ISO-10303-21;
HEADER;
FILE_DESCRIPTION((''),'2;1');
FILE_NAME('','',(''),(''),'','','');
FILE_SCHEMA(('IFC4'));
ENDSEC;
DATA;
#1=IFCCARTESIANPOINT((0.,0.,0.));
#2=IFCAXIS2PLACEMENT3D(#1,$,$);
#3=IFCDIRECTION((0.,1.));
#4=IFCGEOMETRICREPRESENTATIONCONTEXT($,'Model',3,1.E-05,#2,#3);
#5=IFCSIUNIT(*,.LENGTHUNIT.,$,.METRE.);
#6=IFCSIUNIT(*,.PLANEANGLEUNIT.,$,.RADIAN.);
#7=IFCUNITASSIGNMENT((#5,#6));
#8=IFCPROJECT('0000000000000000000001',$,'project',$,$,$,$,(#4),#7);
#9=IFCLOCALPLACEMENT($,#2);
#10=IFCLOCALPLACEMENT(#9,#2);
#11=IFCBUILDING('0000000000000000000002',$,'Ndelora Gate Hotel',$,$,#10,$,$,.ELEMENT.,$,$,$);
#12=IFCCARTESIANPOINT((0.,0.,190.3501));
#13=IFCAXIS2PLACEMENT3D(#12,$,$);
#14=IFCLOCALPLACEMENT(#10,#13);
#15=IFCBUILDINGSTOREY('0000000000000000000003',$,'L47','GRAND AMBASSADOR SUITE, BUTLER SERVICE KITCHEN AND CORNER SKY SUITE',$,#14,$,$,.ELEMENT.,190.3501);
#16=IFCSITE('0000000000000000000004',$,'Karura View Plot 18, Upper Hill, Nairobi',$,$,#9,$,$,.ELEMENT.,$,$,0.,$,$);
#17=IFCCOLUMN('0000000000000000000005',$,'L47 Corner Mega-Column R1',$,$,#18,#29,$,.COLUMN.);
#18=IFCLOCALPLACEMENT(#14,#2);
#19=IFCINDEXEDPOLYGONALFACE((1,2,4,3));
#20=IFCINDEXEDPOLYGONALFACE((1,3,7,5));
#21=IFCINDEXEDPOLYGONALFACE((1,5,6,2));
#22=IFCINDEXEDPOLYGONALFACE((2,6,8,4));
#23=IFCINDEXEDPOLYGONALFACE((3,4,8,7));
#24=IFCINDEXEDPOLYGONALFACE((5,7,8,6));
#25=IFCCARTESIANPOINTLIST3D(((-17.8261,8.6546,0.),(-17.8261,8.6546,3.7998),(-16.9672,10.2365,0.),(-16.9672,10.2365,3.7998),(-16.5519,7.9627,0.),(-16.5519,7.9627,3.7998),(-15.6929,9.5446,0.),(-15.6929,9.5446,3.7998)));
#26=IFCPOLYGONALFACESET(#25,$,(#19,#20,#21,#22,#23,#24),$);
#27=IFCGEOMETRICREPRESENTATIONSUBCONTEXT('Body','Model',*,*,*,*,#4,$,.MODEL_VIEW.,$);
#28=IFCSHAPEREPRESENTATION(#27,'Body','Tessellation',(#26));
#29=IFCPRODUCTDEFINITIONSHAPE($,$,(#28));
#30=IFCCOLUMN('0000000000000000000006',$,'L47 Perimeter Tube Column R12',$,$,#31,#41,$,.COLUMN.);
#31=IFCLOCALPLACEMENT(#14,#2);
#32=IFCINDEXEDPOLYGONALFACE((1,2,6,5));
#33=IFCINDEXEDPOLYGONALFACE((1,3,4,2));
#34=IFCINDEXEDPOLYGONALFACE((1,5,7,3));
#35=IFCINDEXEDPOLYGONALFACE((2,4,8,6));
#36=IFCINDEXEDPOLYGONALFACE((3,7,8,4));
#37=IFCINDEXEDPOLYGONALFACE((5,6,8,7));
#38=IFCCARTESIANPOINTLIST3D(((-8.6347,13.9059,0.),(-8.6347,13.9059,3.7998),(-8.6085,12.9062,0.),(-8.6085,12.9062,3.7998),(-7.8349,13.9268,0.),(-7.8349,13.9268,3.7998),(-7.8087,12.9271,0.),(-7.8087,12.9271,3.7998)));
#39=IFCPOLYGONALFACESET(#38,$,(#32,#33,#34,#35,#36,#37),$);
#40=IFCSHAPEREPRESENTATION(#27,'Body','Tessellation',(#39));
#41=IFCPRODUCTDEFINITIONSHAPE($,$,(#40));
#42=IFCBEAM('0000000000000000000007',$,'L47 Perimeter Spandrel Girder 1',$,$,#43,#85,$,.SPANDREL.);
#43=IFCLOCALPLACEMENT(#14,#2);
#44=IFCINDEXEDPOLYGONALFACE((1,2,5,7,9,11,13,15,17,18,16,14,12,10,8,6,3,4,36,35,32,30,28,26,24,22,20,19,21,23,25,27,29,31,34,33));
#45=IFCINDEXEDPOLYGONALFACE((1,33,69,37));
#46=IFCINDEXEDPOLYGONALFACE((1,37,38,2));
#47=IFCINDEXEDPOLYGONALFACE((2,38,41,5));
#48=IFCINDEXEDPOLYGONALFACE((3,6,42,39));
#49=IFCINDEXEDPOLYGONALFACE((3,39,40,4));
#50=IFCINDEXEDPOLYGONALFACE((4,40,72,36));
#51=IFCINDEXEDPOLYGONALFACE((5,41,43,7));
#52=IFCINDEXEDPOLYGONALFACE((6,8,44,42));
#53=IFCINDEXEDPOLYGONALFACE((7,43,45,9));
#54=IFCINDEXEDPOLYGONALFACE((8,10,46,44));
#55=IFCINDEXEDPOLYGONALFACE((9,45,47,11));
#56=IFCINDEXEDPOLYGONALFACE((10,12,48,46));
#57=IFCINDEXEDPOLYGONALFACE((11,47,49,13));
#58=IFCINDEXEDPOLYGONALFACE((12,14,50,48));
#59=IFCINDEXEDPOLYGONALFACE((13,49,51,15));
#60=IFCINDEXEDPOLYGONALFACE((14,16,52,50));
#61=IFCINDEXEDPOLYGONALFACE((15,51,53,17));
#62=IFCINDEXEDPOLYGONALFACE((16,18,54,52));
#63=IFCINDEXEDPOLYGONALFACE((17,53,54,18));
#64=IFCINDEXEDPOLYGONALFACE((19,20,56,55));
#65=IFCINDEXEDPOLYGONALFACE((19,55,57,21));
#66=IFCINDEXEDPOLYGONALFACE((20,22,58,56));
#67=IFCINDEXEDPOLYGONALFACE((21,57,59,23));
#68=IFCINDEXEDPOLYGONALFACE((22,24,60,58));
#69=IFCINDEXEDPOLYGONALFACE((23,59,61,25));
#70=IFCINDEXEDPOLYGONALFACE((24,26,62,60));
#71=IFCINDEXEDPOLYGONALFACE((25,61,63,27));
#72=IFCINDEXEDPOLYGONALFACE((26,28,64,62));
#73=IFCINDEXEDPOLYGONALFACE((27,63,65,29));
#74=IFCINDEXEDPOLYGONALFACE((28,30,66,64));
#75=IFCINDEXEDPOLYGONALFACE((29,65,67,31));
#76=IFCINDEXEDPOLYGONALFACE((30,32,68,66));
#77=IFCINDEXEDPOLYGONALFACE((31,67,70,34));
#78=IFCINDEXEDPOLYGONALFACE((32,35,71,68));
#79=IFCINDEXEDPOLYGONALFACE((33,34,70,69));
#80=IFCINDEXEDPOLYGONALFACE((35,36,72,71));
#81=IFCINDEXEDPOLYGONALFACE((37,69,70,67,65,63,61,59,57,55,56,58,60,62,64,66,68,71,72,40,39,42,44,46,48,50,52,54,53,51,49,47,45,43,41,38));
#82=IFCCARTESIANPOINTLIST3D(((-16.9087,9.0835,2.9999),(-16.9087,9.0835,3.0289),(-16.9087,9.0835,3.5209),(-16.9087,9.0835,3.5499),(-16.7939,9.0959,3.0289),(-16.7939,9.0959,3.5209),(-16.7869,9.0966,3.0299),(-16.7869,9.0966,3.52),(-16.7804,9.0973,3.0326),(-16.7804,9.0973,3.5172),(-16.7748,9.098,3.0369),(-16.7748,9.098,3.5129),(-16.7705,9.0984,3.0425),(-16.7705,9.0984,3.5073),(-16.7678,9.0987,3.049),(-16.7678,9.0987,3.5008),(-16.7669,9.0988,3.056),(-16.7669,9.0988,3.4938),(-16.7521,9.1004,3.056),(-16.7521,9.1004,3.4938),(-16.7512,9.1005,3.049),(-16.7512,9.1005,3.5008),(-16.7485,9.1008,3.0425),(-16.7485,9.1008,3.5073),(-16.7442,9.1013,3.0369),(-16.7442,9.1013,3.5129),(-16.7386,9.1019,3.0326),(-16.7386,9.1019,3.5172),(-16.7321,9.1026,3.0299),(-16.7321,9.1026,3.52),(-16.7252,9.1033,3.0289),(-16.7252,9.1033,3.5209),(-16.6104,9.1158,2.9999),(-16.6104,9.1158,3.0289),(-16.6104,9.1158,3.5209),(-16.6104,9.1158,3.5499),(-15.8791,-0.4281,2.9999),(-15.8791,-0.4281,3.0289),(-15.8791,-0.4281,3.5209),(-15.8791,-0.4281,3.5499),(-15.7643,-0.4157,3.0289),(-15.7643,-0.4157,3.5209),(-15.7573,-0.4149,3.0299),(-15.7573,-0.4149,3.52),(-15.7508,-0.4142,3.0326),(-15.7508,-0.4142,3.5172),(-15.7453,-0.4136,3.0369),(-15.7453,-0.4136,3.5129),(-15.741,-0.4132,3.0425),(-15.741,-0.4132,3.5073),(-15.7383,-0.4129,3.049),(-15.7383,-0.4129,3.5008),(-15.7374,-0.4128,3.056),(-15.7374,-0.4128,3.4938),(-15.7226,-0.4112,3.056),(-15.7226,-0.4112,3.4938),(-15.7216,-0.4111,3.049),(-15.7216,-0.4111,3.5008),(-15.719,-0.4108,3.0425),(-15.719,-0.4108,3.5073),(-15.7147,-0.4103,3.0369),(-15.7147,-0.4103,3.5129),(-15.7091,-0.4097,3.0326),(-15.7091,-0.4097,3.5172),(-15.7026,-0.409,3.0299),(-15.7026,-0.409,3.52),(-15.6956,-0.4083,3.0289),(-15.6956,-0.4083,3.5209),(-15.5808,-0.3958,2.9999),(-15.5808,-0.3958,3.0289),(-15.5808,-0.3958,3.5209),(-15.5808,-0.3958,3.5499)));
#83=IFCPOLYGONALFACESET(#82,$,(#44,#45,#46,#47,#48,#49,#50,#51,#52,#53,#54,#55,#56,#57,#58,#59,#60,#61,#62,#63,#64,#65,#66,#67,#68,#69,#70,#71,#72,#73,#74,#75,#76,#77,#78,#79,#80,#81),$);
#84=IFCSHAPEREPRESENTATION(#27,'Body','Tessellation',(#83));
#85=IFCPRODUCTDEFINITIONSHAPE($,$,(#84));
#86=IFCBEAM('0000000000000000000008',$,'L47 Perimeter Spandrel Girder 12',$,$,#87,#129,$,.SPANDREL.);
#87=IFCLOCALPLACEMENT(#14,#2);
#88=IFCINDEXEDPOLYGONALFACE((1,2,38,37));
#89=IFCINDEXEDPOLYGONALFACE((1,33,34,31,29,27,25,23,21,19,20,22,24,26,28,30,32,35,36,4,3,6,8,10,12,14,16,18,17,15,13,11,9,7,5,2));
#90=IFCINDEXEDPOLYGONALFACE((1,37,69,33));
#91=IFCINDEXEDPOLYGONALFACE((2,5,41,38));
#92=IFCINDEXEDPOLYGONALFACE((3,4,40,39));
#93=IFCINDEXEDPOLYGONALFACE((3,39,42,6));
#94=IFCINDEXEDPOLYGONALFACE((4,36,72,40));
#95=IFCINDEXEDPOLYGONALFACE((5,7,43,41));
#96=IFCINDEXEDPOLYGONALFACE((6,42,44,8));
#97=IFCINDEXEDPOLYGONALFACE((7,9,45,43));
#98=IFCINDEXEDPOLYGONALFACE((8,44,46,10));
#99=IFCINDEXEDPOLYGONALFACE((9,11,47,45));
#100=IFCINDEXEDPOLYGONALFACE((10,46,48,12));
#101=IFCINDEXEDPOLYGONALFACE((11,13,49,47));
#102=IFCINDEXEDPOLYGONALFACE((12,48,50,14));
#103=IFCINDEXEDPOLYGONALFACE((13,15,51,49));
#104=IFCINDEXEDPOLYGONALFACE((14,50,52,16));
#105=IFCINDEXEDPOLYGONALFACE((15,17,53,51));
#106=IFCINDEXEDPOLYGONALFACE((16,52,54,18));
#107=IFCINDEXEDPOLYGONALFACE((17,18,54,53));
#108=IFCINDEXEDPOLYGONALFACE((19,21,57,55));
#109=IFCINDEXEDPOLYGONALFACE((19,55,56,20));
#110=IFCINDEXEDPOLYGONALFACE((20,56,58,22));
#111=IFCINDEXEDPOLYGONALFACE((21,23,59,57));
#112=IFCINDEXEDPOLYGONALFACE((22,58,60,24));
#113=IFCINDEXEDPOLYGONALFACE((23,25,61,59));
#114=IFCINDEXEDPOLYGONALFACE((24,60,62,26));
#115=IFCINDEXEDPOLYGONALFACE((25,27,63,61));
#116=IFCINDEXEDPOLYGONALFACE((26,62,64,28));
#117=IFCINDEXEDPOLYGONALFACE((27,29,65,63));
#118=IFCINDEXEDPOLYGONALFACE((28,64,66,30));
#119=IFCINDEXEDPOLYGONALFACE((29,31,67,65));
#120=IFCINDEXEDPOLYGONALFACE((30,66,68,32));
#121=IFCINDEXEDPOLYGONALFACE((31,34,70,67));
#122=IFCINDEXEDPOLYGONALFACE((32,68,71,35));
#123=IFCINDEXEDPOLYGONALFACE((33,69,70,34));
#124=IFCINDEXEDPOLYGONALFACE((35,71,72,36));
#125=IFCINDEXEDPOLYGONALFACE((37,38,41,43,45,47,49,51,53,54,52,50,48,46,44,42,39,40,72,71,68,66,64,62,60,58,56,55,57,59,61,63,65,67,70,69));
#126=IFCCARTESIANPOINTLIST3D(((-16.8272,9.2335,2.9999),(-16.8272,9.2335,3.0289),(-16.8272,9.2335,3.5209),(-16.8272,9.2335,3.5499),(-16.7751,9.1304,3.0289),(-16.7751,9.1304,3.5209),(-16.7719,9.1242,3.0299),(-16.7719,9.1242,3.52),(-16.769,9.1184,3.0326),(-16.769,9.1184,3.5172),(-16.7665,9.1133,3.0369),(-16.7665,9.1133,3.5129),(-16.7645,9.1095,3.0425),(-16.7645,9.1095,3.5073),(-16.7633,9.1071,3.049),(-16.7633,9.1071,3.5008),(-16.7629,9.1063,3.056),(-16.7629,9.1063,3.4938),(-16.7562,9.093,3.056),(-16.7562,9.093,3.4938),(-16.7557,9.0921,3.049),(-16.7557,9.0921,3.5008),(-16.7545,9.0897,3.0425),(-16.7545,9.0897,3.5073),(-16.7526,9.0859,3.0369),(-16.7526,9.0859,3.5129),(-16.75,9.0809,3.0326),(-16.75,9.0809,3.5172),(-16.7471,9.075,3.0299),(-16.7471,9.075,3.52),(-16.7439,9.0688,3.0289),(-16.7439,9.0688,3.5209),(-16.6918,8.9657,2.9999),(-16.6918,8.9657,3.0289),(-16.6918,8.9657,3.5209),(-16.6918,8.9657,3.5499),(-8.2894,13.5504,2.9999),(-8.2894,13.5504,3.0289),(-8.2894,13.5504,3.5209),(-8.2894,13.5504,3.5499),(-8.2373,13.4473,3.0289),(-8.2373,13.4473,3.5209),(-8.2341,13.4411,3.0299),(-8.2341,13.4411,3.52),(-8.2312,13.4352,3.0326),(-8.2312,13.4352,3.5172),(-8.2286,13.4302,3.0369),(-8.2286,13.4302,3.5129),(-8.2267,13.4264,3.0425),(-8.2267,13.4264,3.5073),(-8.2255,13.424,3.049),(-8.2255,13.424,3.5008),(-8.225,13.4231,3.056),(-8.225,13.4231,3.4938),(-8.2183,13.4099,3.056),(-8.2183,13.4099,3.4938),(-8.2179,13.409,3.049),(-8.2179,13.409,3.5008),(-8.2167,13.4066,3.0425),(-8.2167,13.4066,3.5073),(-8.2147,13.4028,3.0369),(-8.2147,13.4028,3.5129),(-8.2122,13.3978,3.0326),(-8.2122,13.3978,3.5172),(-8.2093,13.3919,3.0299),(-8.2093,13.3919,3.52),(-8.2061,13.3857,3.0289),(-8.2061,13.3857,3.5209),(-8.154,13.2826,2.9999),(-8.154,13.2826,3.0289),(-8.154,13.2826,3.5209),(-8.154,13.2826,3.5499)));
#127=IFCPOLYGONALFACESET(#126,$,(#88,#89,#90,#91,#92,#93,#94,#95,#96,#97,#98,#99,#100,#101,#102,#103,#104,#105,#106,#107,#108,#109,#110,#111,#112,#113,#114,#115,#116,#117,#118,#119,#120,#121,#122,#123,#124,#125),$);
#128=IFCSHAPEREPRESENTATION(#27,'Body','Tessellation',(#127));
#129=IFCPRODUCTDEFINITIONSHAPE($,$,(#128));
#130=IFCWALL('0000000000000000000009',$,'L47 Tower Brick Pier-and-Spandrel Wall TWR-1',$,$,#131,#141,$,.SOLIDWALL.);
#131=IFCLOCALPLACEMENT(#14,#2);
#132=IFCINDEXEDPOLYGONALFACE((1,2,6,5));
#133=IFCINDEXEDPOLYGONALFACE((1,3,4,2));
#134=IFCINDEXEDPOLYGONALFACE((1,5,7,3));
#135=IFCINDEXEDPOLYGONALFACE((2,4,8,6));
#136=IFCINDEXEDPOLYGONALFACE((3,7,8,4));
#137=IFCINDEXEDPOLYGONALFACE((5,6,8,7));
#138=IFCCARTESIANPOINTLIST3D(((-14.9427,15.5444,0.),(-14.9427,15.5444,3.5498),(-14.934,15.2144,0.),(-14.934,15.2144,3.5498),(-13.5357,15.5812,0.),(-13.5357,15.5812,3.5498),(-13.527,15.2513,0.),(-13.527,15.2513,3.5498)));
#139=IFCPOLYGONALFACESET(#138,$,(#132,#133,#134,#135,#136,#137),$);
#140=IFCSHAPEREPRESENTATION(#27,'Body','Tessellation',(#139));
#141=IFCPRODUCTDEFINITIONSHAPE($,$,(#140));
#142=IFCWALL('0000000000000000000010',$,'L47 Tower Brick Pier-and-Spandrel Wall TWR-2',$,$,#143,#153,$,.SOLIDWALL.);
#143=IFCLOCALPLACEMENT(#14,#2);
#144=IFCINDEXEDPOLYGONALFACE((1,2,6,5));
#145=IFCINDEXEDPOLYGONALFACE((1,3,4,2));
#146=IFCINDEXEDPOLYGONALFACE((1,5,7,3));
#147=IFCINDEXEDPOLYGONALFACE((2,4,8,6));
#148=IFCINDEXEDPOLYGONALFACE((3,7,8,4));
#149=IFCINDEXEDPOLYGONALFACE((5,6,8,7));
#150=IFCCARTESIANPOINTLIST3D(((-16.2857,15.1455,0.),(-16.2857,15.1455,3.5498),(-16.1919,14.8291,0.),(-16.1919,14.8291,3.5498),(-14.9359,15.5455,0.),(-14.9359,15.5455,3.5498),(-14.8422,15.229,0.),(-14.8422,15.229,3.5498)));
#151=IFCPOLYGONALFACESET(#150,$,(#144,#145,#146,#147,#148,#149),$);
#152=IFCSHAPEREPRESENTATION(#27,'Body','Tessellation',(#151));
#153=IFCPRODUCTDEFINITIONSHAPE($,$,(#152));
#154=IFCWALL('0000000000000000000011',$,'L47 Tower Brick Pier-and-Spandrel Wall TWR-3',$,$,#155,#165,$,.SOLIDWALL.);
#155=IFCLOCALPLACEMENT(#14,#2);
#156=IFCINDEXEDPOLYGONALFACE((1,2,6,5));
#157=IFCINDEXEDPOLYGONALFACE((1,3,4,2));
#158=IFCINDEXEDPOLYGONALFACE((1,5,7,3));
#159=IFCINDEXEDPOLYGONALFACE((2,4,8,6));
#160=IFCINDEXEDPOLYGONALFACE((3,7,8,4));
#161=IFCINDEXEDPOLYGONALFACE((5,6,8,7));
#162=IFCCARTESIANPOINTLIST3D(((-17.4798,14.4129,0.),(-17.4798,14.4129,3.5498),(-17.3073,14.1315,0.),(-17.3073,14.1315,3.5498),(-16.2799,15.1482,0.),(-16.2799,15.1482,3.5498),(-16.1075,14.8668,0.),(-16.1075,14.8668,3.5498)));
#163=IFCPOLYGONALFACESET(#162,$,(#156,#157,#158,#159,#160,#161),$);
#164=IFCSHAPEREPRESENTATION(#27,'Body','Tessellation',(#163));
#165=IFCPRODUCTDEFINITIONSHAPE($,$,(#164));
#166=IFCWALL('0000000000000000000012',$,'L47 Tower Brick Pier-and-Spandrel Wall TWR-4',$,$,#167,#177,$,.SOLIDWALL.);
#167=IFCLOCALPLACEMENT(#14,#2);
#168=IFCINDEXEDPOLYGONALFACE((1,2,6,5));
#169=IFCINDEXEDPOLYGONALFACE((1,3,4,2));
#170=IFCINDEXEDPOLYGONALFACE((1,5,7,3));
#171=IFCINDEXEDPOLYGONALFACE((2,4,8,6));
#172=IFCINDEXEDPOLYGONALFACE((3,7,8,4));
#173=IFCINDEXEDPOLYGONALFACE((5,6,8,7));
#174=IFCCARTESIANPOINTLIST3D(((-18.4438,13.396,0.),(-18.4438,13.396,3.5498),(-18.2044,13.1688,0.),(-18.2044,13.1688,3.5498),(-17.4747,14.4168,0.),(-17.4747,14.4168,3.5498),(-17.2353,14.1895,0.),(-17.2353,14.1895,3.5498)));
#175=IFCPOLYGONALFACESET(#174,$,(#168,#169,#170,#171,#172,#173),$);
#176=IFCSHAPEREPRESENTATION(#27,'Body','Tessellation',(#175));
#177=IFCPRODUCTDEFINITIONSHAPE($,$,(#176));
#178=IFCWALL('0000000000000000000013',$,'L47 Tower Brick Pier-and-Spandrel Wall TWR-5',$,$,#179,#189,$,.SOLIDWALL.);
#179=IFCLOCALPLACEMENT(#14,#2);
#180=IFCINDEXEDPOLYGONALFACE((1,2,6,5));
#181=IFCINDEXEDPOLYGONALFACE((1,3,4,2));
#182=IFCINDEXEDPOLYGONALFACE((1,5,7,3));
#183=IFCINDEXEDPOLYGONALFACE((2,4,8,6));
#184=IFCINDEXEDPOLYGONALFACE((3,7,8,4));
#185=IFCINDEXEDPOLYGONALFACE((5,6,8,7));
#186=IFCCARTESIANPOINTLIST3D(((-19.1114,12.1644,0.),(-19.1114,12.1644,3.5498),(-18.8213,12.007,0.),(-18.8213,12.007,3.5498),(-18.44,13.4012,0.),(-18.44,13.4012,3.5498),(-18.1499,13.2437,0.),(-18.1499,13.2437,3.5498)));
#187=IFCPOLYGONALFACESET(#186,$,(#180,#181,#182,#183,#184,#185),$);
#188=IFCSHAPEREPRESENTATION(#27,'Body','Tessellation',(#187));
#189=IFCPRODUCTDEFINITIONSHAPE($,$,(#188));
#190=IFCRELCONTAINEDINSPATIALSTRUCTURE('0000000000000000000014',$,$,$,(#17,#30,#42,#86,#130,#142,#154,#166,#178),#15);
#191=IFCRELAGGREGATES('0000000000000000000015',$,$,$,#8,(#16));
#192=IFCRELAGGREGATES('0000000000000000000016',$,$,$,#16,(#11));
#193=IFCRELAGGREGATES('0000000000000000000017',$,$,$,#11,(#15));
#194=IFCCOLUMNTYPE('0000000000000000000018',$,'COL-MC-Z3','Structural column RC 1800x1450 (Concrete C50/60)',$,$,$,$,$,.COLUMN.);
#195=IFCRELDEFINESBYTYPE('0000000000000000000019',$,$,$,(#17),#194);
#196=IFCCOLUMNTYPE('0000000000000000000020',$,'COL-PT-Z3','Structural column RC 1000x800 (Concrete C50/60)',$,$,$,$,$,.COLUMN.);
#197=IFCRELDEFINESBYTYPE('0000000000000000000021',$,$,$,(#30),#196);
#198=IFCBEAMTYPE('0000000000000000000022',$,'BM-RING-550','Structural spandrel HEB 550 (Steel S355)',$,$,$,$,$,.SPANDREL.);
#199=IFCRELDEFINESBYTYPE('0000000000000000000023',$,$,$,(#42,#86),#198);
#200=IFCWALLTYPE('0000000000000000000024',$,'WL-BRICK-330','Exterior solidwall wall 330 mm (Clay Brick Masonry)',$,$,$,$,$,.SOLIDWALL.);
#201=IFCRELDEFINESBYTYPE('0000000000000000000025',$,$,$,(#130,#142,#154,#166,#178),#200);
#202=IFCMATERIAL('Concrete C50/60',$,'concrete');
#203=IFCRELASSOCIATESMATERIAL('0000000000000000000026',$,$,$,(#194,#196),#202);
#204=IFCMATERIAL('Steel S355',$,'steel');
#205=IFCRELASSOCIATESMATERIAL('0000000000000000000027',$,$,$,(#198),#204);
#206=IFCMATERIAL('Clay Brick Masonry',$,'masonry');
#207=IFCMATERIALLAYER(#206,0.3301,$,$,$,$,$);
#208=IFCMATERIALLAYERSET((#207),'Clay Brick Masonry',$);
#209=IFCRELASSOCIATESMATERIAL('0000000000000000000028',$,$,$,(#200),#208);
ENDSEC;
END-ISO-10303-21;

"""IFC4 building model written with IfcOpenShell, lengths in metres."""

from ifc_helpers import new_model, si_unit, direction, frame, frame_2d, origin, origin_2d, place, context, subcontext, project, spatial, rectangle, i_section, extrude, material, layer, layer_set, material_profile, profile_set, type_object, element, save


model = new_model("IFC4")

# Units and contexts
model_context = context("Model", 3, precision=1e-05, world=origin(), true_north=direction((0.0, 1.0)))
body_context = subcontext(model_context, "Body", "Model", "MODEL_VIEW")
ifc_project = project(units=[si_unit("LENGTHUNIT", "METRE"), si_unit("PLANEANGLEUNIT", "RADIAN")], contexts=[model_context])

# Site, building, storey
site_placement = place(None, origin())
site = spatial("IfcSite", under=ifc_project, at=site_placement, Name="Karura View Plot 18, Upper Hill, Nairobi", CompositionType="ELEMENT", RefElevation=0.0)
building_placement = place(site_placement, origin())
building = spatial("IfcBuilding", under=site, at=building_placement, Name="Ndelora Gate Hotel", CompositionType="ELEMENT")
storey_placement = place(building_placement, frame((0.0, 0.0, 190.3501)))
storey = spatial("IfcBuildingStorey", under=building, at=storey_placement, Name="L47", Description="GRAND AMBASSADOR SUITE, BUTLER SERVICE KITCHEN AND CORNER SKY SUITE", CompositionType="ELEMENT", Elevation=190.3501)

# Columns
ifc_material_1 = material(Name="Concrete C50/60", Category="concrete")
ifc_material_profile_1 = material_profile(ifc_material_1, rectangle(XDim=1.45, YDim=1.8, at=origin_2d()), Name="RC 1800x1450")
ifc_profile_set_1 = profile_set([ifc_material_profile_1], Name="Concrete C50/60")
column_type_1 = type_object("IfcColumnType", Name="COL-MC-Z3", Description="Structural column RC 1800x1450 (Concrete C50/60)", PredefinedType="COLUMN", material=ifc_profile_set_1)
column_1_placement = place(storey_placement, frame((-16.7595, 9.0996, 0.0), z_axis=(0.0, 0.0, 1.0), x_axis=(-0.878817, 0.477159, 0.0)))
element("IfcColumn", 1, at=column_1_placement, inside=storey, type_object=column_type_1, Name="L47 Corner Mega-Column R1", PredefinedType="COLUMN", context=body_context, shape_type="SweptSolid", body=[
    extrude(rectangle(XDim=1.45, YDim=1.8, at=origin_2d()), origin(), (0.0, 0.0, 1.0), 3.7998),
])
ifc_material_profile_2 = material_profile(ifc_material_1, rectangle(XDim=0.8, YDim=1.0, at=origin_2d()), Name="RC 1000x800")
ifc_profile_set_2 = profile_set([ifc_material_profile_2], Name="Concrete C50/60")
column_type_2 = type_object("IfcColumnType", Name="COL-PT-Z3", Description="Structural column RC 1000x800 (Concrete C50/60)", PredefinedType="COLUMN", material=ifc_profile_set_2)
column_2_placement = place(storey_placement, frame((-8.2217, 13.4165, 0.0), z_axis=(0.0, 0.0, 1.0), x_axis=(0.999657, 0.026177, 0.0)))
element("IfcColumn", 2, at=column_2_placement, inside=storey, type_object=column_type_2, Name="L47 Perimeter Tube Column R12", PredefinedType="COLUMN", context=body_context, shape_type="SweptSolid", body=[
    extrude(rectangle(XDim=0.8, YDim=1.0, at=origin_2d()), origin(), (0.0, 0.0, 1.0), 3.7998),
])

# Beams
ifc_material_2 = material(Name="Steel S355", Category="steel")
ifc_material_profile_3 = material_profile(ifc_material_2, i_section(OverallWidth=0.3, OverallDepth=0.55, WebThickness=0.0149, FlangeThickness=0.0291, FilletRadius=0.0271, at=origin_2d()), Name="HEB 550")
ifc_profile_set_3 = profile_set([ifc_material_profile_3], Name="Steel S355")
beam_type = type_object("IfcBeamType", Name="BM-RING-550", Description="Structural spandrel HEB 550 (Steel S355)", PredefinedType="SPANDREL", material=ifc_profile_set_3)
for number, where, z_axis, x_axis, name in (
    (3, (-16.7595, 9.0996, 3.2749), (0.107613, -0.994193, 0.0), (0.994193, 0.107613, 0.0), "L47 Perimeter Spandrel Girder 1"),
    (4, (-8.2217, 13.4165, 3.2749), (-0.892412, -0.451221, 0.0), (0.451221, -0.892412, 0.0), "L47 Perimeter Spandrel Girder 12"),
):
    element("IfcBeam", number, at=place(storey_placement, frame(where, z_axis=z_axis, x_axis=x_axis)), inside=storey, type_object=beam_type, Name=name, PredefinedType="SPANDREL", context=body_context, shape_type="SweptSolid", body=[
        extrude(i_section(OverallWidth=0.3, OverallDepth=0.55, WebThickness=0.0149, FlangeThickness=0.0291, FilletRadius=0.0271, at=origin_2d()), origin(), (0.0, 0.0, 1.0), 9.5671),
    ])

# Walls
ifc_material_3 = material(Name="Clay Brick Masonry", Category="masonry")
ifc_layer_1 = layer(ifc_material_3, 0.3301)
ifc_layer_set_1 = layer_set([ifc_layer_1], Name="Clay Brick Masonry")
wall_type_1 = type_object("IfcWallType", Name="WL-BRICK-330", Description="Exterior solidwall wall 330 mm (Clay Brick Masonry)", PredefinedType="SOLIDWALL", material=ifc_layer_set_1)
wall_1_placement = place(storey_placement, frame((-14.9382, 15.3794, 0.0), z_axis=(0.0, 0.0, 1.0), x_axis=(0.999657, 0.026193, 0.0)))
element("IfcWall", 5, at=wall_1_placement, inside=storey, type_object=wall_type_1, Name="L47 Tower Brick Pier-and-Spandrel Wall TWR-1", PredefinedType="SOLIDWALL", context=body_context, shape_type="SweptSolid", body=[
    extrude(rectangle(XDim=1.4075, YDim=0.3301, at=frame_2d((0.7036, 0.0))), origin(), (0.0, 0.0, 1.0), 3.5498),
])
wall_2_placement = place(storey_placement, frame((-16.2388, 14.9873, 0.0), z_axis=(0.0, 0.0, 1.0), x_axis=(0.958795, 0.2841, 0.0)))
element("IfcWall", 6, at=wall_2_placement, inside=storey, type_object=wall_type_1, Name="L47 Tower Brick Pier-and-Spandrel Wall TWR-2", PredefinedType="SOLIDWALL", context=body_context, shape_type="SweptSolid", body=[
    extrude(rectangle(XDim=1.4077, YDim=0.3301, at=frame_2d((0.7039, 0.0))), origin(), (0.0, 0.0, 1.0), 3.5498),
])
wall_3_placement = place(storey_placement, frame((-17.3936, 14.2722, 0.0), z_axis=(0.0, 0.0, 1.0), x_axis=(0.852634, 0.522509, 0.0)))
element("IfcWall", 7, at=wall_3_placement, inside=storey, type_object=wall_type_1, Name="L47 Tower Brick Pier-and-Spandrel Wall TWR-3", PredefinedType="SOLIDWALL", context=body_context, shape_type="SweptSolid", body=[
    extrude(rectangle(XDim=1.4072, YDim=0.3301, at=frame_2d((0.7036, 0.0))), origin(), (0.0, 0.0, 1.0), 3.5498),
])
wall_4_placement = place(storey_placement, frame((-18.324, 13.2825, 0.0), z_axis=(0.0, 0.0, 1.0), x_axis=(0.68848, 0.725255, 0.0)))
element("IfcWall", 8, at=wall_4_placement, inside=storey, type_object=wall_type_1, Name="L47 Tower Brick Pier-and-Spandrel Wall TWR-4", PredefinedType="SOLIDWALL", context=body_context, shape_type="SweptSolid", body=[
    extrude(rectangle(XDim=1.4075, YDim=0.3301, at=frame_2d((0.7036, 0.0))), origin(), (0.0, 0.0, 1.0), 3.5498),
])
wall_5_placement = place(storey_placement, frame((-18.9663, 12.0857, 0.0), z_axis=(0.0, 0.0, 1.0), x_axis=(0.477077, 0.878862, 0.0)))
element("IfcWall", 9, at=wall_5_placement, inside=storey, type_object=wall_type_1, Name="L47 Tower Brick Pier-and-Spandrel Wall TWR-5", PredefinedType="SOLIDWALL", context=body_context, shape_type="SweptSolid", body=[
    extrude(rectangle(XDim=1.4072, YDim=0.3301, at=frame_2d((0.7036, 0.0))), origin(), (0.0, 0.0, 1.0), 3.5498),
])

save(model, "model.ifc")
